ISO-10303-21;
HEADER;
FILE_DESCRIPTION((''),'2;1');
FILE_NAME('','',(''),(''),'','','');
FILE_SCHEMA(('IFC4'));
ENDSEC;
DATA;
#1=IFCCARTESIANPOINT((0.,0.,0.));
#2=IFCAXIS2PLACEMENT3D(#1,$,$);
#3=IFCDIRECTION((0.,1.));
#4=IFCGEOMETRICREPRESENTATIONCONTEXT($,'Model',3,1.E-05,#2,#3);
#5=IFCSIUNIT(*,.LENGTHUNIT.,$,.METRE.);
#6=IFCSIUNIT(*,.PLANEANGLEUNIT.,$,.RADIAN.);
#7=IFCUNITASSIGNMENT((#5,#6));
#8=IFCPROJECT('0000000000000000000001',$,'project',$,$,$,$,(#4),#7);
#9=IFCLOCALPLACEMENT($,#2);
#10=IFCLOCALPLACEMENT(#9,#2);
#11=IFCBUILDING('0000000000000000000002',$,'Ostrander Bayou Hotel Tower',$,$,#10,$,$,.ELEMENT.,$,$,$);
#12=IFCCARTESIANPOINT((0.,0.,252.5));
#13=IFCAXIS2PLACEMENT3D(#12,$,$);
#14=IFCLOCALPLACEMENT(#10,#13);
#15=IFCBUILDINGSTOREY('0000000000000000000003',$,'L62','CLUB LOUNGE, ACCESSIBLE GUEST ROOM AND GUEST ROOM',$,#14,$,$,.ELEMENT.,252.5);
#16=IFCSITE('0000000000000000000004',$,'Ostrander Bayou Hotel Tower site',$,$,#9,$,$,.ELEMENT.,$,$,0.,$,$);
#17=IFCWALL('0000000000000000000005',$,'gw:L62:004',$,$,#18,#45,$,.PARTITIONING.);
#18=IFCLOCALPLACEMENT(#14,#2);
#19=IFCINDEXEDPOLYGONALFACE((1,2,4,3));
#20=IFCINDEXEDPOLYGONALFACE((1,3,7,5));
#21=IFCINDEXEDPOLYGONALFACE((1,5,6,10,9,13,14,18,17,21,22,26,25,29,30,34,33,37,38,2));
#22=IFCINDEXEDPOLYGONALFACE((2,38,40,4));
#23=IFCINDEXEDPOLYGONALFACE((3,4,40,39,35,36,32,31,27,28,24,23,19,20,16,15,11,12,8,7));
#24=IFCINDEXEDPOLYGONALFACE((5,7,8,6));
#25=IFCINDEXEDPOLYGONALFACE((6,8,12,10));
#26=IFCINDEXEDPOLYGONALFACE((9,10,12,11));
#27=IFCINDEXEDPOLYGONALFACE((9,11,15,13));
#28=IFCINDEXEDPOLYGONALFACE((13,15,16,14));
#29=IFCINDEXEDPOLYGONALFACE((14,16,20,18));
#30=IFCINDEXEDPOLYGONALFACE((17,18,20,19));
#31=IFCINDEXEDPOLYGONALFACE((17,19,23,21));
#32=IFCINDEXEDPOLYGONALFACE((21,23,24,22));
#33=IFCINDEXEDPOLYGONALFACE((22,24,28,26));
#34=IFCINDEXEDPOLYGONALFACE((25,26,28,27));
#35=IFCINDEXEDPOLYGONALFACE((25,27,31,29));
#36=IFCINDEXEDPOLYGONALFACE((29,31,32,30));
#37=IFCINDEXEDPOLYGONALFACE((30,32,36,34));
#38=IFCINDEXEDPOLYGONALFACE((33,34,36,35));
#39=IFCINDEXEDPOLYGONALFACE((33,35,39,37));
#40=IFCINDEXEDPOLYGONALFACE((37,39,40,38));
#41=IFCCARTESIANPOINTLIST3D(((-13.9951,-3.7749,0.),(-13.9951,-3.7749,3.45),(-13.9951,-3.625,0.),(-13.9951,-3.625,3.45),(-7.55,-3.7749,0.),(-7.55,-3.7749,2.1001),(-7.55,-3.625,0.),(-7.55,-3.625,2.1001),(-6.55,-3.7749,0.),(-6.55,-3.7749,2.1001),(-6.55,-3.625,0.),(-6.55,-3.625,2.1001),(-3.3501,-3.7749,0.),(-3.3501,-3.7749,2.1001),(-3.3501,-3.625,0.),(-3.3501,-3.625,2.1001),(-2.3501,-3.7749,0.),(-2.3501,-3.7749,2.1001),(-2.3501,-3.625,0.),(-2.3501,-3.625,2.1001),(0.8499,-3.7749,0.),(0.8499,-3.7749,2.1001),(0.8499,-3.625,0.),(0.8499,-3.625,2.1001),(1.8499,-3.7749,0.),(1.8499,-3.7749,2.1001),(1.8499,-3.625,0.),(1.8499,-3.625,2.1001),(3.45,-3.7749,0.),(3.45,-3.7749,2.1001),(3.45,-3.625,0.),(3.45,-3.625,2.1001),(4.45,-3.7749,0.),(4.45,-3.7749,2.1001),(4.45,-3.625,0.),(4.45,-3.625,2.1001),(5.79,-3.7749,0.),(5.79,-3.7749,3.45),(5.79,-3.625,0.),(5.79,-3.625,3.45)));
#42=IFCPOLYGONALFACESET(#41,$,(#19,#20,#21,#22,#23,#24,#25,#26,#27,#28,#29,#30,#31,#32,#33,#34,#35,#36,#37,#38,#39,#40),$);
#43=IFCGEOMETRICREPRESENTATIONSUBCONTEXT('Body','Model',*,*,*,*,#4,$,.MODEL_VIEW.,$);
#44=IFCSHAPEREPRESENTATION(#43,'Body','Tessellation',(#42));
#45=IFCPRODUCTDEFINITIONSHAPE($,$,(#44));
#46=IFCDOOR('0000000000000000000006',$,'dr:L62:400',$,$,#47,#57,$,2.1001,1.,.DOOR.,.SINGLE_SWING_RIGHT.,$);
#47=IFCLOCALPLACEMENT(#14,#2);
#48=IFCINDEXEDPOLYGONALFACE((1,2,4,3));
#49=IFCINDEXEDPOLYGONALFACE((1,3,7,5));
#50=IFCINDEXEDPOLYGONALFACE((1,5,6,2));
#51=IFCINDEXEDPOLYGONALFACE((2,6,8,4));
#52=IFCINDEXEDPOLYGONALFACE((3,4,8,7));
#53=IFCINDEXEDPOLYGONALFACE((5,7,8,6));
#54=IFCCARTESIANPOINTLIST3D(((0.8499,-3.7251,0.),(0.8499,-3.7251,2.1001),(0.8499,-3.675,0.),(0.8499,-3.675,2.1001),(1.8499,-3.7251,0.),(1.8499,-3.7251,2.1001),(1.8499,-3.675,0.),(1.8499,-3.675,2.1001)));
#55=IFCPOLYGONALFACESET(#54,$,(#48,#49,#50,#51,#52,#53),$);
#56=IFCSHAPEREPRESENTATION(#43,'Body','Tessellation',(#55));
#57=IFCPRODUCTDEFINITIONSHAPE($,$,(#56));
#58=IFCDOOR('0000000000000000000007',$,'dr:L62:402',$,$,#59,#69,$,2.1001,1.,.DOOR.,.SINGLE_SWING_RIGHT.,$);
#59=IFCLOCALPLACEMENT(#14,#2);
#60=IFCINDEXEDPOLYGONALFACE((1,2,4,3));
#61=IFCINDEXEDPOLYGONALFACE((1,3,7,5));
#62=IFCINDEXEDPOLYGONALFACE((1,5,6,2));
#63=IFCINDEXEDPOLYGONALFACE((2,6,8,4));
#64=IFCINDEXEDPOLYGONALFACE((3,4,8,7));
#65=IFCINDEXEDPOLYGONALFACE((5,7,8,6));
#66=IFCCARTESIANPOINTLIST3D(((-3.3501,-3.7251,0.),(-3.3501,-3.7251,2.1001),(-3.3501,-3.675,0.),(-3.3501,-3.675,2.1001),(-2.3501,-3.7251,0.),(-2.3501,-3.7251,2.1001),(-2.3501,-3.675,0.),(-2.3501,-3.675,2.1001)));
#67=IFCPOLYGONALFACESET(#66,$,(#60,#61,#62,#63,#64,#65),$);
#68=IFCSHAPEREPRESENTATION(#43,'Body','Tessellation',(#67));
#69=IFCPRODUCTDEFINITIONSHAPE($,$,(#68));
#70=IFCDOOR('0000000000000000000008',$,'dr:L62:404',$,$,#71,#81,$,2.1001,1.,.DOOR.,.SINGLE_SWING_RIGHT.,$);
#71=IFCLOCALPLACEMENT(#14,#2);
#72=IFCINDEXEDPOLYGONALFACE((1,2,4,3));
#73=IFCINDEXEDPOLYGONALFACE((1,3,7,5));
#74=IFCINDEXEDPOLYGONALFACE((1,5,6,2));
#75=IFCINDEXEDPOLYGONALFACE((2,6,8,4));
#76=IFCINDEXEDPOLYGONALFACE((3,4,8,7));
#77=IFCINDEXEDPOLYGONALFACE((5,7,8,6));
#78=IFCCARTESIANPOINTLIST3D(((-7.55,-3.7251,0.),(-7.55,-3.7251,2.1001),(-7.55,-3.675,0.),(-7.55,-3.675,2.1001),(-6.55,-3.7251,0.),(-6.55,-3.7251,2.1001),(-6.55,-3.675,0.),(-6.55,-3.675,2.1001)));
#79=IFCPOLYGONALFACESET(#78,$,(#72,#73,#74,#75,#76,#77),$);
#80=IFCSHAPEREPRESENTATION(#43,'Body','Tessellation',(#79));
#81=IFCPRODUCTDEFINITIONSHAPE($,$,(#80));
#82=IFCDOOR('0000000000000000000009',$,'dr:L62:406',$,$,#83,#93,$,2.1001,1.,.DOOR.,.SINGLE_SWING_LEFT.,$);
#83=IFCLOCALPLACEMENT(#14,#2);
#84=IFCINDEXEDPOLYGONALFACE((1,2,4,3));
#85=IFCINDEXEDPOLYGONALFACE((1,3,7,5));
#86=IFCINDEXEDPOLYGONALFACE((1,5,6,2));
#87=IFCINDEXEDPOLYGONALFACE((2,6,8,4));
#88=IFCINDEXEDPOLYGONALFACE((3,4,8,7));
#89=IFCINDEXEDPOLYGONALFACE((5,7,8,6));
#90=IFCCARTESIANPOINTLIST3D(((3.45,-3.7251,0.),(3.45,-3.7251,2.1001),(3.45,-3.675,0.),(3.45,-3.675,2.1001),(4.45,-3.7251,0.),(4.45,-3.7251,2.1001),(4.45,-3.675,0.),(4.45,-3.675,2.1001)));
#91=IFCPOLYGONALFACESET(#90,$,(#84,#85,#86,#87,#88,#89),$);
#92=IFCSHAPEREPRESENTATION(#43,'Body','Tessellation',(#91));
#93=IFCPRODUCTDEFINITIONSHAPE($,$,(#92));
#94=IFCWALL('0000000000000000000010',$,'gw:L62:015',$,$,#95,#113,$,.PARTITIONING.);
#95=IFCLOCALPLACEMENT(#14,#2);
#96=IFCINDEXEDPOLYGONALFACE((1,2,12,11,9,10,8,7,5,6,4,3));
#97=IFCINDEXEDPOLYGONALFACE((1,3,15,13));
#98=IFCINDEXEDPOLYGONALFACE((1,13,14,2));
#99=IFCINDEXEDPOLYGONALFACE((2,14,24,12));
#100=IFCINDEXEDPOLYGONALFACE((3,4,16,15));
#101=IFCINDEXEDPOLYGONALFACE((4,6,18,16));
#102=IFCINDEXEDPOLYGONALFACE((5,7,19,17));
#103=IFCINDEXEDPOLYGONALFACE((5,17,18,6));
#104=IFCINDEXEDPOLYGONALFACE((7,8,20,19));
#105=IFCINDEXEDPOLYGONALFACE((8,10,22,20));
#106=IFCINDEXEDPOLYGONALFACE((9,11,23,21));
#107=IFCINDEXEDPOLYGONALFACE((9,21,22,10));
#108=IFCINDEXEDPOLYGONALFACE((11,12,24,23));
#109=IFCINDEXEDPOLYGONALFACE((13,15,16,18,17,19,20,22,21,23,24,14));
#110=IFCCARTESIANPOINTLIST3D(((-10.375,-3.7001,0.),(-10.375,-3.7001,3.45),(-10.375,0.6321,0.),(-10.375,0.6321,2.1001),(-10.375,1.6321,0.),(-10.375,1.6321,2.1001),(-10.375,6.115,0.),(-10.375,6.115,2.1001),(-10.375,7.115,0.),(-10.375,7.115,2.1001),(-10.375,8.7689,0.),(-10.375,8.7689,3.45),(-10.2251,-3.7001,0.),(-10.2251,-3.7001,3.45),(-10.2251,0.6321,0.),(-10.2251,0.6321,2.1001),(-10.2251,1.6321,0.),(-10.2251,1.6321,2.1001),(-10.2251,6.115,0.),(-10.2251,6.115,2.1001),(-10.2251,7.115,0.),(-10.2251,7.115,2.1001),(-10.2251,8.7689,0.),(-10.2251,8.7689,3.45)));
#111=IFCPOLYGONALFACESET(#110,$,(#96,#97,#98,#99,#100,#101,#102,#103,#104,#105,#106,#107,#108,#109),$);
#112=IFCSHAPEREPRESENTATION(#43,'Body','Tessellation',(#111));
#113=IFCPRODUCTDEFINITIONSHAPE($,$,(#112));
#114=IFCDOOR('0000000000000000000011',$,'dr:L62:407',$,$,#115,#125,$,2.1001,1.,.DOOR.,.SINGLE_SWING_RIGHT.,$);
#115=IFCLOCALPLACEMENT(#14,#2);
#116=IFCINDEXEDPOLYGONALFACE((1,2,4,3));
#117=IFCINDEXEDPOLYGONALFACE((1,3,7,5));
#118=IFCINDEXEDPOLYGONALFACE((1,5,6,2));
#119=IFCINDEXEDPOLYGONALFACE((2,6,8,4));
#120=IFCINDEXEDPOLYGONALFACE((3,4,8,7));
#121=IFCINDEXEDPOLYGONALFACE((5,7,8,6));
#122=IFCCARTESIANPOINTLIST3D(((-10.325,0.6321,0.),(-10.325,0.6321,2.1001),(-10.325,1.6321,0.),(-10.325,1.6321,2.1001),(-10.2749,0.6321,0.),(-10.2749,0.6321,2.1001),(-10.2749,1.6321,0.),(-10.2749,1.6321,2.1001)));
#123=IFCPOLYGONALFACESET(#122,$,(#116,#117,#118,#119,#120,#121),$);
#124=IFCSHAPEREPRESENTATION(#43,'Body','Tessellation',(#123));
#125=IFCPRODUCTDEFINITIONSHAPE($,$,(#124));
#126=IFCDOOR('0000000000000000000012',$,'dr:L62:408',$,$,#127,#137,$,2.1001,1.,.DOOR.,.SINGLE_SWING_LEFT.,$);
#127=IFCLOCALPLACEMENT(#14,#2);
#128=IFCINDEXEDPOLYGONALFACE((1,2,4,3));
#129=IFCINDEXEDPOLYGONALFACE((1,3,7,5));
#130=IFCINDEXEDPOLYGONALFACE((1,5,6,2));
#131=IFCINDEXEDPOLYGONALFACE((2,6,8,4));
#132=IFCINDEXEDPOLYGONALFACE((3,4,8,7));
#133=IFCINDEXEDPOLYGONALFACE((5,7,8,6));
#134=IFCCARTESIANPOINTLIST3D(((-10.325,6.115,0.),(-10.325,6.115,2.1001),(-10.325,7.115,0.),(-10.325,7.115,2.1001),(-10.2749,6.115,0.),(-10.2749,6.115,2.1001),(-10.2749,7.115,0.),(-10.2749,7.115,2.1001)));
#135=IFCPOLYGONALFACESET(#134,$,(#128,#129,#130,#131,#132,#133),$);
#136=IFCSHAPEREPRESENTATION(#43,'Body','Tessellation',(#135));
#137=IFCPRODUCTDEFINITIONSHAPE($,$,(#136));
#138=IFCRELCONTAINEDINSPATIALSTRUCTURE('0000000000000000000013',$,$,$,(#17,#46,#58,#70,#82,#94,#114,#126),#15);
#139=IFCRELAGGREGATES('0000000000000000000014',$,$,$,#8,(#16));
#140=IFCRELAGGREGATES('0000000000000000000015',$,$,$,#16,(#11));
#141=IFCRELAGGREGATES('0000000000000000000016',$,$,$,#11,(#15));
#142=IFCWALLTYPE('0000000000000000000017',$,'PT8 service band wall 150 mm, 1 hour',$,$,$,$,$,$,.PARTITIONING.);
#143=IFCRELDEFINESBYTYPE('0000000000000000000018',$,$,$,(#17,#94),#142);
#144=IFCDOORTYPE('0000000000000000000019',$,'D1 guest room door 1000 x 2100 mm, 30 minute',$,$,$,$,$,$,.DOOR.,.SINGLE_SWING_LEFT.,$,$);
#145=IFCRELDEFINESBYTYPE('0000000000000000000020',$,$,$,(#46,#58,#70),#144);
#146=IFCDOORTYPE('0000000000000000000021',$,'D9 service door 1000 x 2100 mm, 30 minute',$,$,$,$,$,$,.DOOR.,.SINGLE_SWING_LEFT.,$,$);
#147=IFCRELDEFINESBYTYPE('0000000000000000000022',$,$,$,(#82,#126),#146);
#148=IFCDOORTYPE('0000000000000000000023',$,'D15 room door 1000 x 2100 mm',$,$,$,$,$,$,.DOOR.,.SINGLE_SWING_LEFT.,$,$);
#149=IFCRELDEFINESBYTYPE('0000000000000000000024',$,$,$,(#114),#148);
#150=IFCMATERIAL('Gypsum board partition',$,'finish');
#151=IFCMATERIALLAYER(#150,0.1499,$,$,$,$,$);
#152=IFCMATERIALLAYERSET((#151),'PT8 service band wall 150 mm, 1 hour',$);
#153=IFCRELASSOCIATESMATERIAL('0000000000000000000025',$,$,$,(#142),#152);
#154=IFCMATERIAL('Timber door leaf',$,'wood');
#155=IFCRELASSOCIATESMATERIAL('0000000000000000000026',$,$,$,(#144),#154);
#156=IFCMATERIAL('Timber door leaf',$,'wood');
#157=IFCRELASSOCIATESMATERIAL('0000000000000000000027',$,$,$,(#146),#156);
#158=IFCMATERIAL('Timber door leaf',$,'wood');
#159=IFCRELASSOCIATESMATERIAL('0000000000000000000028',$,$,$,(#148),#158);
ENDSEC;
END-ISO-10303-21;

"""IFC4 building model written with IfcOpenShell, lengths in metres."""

from ifc_helpers import new_model, si_unit, direction, frame, frame_2d, origin, place, context, subcontext, project, spatial, rectangle, extrude, material, layer, layer_set, type_object, element, fill, save


model = new_model("IFC4")

# Units and contexts
model_context = context("Model", 3, precision=1e-05, world=origin(), true_north=direction((0.0, 1.0)))
body_context = subcontext(model_context, "Body", "Model", "MODEL_VIEW")
ifc_project = project(units=[si_unit("LENGTHUNIT", "METRE"), si_unit("PLANEANGLEUNIT", "RADIAN")], contexts=[model_context])

# Site, building, storey
site_placement = place(None, origin())
site = spatial("IfcSite", under=ifc_project, at=site_placement, Name="Ostrander Bayou Hotel Tower site", CompositionType="ELEMENT", RefElevation=0.0)
building_placement = place(site_placement, origin())
building = spatial("IfcBuilding", under=site, at=building_placement, Name="Ostrander Bayou Hotel Tower", CompositionType="ELEMENT")
storey_placement = place(building_placement, frame((0.0, 0.0, 252.5)))
storey = spatial("IfcBuildingStorey", under=building, at=storey_placement, Name="L62", Description="CLUB LOUNGE, ACCESSIBLE GUEST ROOM AND GUEST ROOM", CompositionType="ELEMENT", Elevation=252.5)

# Walls, openings, doors
ifc_material_1 = material(Name="Gypsum board partition", Category="finish")
ifc_layer_1 = layer(ifc_material_1, 0.1499)
ifc_layer_set_1 = layer_set([ifc_layer_1], Name="PT8 service band wall 150 mm, 1 hour")
wall_type_1 = type_object("IfcWallType", Name="PT8 service band wall 150 mm, 1 hour", PredefinedType="PARTITIONING", material=ifc_layer_set_1)
wall_1_placement = place(storey_placement, frame((-13.9951, -3.7, 0.0), z_axis=(0.0, 0.0, 1.0), x_axis=(1.0, 0.0, 0.0)))
wall_1 = element("IfcWall", 1, at=wall_1_placement, inside=storey, type_object=wall_type_1, Name="gw:L62:004", PredefinedType="PARTITIONING", context=body_context, shape_type="SweptSolid", body=[
    extrude(rectangle(XDim=19.7852, YDim=0.1499, at=frame_2d((9.8926, 0.0))), origin(), (0.0, 0.0, 1.0), 3.45),
])
opening_1_placement = place(wall_1_placement, frame((14.845, 0.0, 0.0)))
opening_1 = element("IfcOpeningElement", 2, at=opening_1_placement, cuts=wall_1, PredefinedType="OPENING", context=body_context, shape_type="SweptSolid", body=[
    extrude(rectangle(XDim=1.0, YDim=2.1001, at=frame_2d((0.5, 1.05))), frame((0.0, 0.075, 0.0), z_axis=(0.0, -1.0, 0.0), x_axis=(1.0, 0.0, 0.0)), (0.0, 0.0, 1.0), 0.1499),
])
opening_2_placement = place(wall_1_placement, frame((10.645, 0.0, 0.0)))
opening_2 = element("IfcOpeningElement", 3, at=opening_2_placement, cuts=wall_1, PredefinedType="OPENING", context=body_context, shape_type="SweptSolid", body=[
    extrude(rectangle(XDim=1.0, YDim=2.1001, at=frame_2d((0.5, 1.05))), frame((0.0, 0.075, 0.0), z_axis=(0.0, -1.0, 0.0), x_axis=(1.0, 0.0, 0.0)), (0.0, 0.0, 1.0), 0.1499),
])
opening_3_placement = place(wall_1_placement, frame((6.4451, 0.0, 0.0)))
opening_3 = element("IfcOpeningElement", 4, at=opening_3_placement, cuts=wall_1, PredefinedType="OPENING", context=body_context, shape_type="SweptSolid", body=[
    extrude(rectangle(XDim=1.0, YDim=2.1001, at=frame_2d((0.5, 1.05))), frame((0.0, 0.075, 0.0), z_axis=(0.0, -1.0, 0.0), x_axis=(1.0, 0.0, 0.0)), (0.0, 0.0, 1.0), 0.1499),
])
opening_4_placement = place(wall_1_placement, frame((17.4451, 0.0, 0.0)))
opening_4 = element("IfcOpeningElement", 5, at=opening_4_placement, cuts=wall_1, PredefinedType="OPENING", context=body_context, shape_type="SweptSolid", body=[
    extrude(rectangle(XDim=1.0, YDim=2.1001, at=frame_2d((0.5, 1.05))), frame((0.0, 0.075, 0.0), z_axis=(0.0, -1.0, 0.0), x_axis=(1.0, 0.0, 0.0)), (0.0, 0.0, 1.0), 0.1499),
])
ifc_material_2 = material(Name="Timber door leaf", Category="wood")
door_type_1 = type_object("IfcDoorType", Name="D1 guest room door 1000 x 2100 mm, 30 minute", OperationType="SINGLE_SWING_LEFT", PredefinedType="DOOR", material=ifc_material_2)
door_1_placement = place(opening_1_placement, origin())
door_1 = element("IfcDoor", 6, at=door_1_placement, inside=storey, type_object=door_type_1, Name="dr:L62:400", OperationType="SINGLE_SWING_RIGHT", OverallHeight=2.1001, OverallWidth=1.0, PredefinedType="DOOR", context=body_context, shape_type="SweptSolid", body=[
    extrude(rectangle(XDim=1.0, YDim=2.1001, at=frame_2d((0.5, 1.05))), frame((0.0, 0.0249, 0.0), z_axis=(0.0, -1.0, 0.0), x_axis=(1.0, 0.0, 0.0)), (0.0, 0.0, 1.0), 0.05),
])
fill(opening_1, door_1)
door_2_placement = place(opening_2_placement, origin())
door_2 = element("IfcDoor", 7, at=door_2_placement, inside=storey, type_object=door_type_1, Name="dr:L62:402", OperationType="SINGLE_SWING_RIGHT", OverallHeight=2.1001, OverallWidth=1.0, PredefinedType="DOOR", context=body_context, shape_type="SweptSolid", body=[
    extrude(rectangle(XDim=1.0, YDim=2.1001, at=frame_2d((0.5, 1.05))), frame((0.0, 0.0249, 0.0), z_axis=(0.0, -1.0, 0.0), x_axis=(1.0, 0.0, 0.0)), (0.0, 0.0, 1.0), 0.05),
])
fill(opening_2, door_2)
door_3_placement = place(opening_3_placement, origin())
door_3 = element("IfcDoor", 8, at=door_3_placement, inside=storey, type_object=door_type_1, Name="dr:L62:404", OperationType="SINGLE_SWING_RIGHT", OverallHeight=2.1001, OverallWidth=1.0, PredefinedType="DOOR", context=body_context, shape_type="SweptSolid", body=[
    extrude(rectangle(XDim=1.0, YDim=2.1001, at=frame_2d((0.5, 1.05))), frame((0.0, 0.0249, 0.0), z_axis=(0.0, -1.0, 0.0), x_axis=(1.0, 0.0, 0.0)), (0.0, 0.0, 1.0), 0.05),
])
fill(opening_3, door_3)
ifc_material_3 = material(Name="Timber door leaf", Category="wood")
door_type_2 = type_object("IfcDoorType", Name="D9 service door 1000 x 2100 mm, 30 minute", OperationType="SINGLE_SWING_LEFT", PredefinedType="DOOR", material=ifc_material_3)
door_4_placement = place(opening_4_placement, origin())
door_4 = element("IfcDoor", 9, at=door_4_placement, inside=storey, type_object=door_type_2, Name="dr:L62:406", OperationType="SINGLE_SWING_LEFT", OverallHeight=2.1001, OverallWidth=1.0, PredefinedType="DOOR", context=body_context, shape_type="SweptSolid", body=[
    extrude(rectangle(XDim=1.0, YDim=2.1001, at=frame_2d((0.5, 1.05))), frame((0.0, 0.0249, 0.0), z_axis=(0.0, -1.0, 0.0), x_axis=(1.0, 0.0, 0.0)), (0.0, 0.0, 1.0), 0.05),
])
fill(opening_4, door_4)
wall_2_placement = place(storey_placement, frame((-10.3, -3.7, 0.0), z_axis=(0.0, 0.0, 1.0), x_axis=(0.0, 1.0, 0.0)))
wall_2 = element("IfcWall", 10, at=wall_2_placement, inside=storey, type_object=wall_type_1, Name="gw:L62:015", PredefinedType="PARTITIONING", context=body_context, shape_type="SweptSolid", body=[
    extrude(rectangle(XDim=12.469, YDim=0.1499, at=frame_2d((6.2344, 0.0))), origin(), (0.0, 0.0, 1.0), 3.45),
])
opening_5_placement = place(wall_2_placement, frame((4.332, 0.0, 0.0)))
opening_5 = element("IfcOpeningElement", 11, at=opening_5_placement, cuts=wall_2, PredefinedType="OPENING", context=body_context, shape_type="SweptSolid", body=[
    extrude(rectangle(XDim=1.0, YDim=2.1001, at=frame_2d((0.5, 1.05))), frame((0.0, 0.075, 0.0), z_axis=(0.0, -1.0, 0.0), x_axis=(1.0, 0.0, 0.0)), (0.0, 0.0, 1.0), 0.1499),
])
opening_6_placement = place(wall_2_placement, frame((9.8149, 0.0, 0.0)))
opening_6 = element("IfcOpeningElement", 12, at=opening_6_placement, cuts=wall_2, PredefinedType="OPENING", context=body_context, shape_type="SweptSolid", body=[
    extrude(rectangle(XDim=1.0, YDim=2.1001, at=frame_2d((0.5, 1.05))), frame((0.0, 0.075, 0.0), z_axis=(0.0, -1.0, 0.0), x_axis=(1.0, 0.0, 0.0)), (0.0, 0.0, 1.0), 0.1499),
])
ifc_material_4 = material(Name="Timber door leaf", Category="wood")
door_type_3 = type_object("IfcDoorType", Name="D15 room door 1000 x 2100 mm", OperationType="SINGLE_SWING_LEFT", PredefinedType="DOOR", material=ifc_material_4)
door_5_placement = place(opening_5_placement, origin())
door_5 = element("IfcDoor", 13, at=door_5_placement, inside=storey, type_object=door_type_3, Name="dr:L62:407", OperationType="SINGLE_SWING_RIGHT", OverallHeight=2.1001, OverallWidth=1.0, PredefinedType="DOOR", context=body_context, shape_type="SweptSolid", body=[
    extrude(rectangle(XDim=1.0, YDim=2.1001, at=frame_2d((0.5, 1.05))), frame((0.0, 0.0249, 0.0), z_axis=(0.0, -1.0, 0.0), x_axis=(1.0, 0.0, 0.0)), (0.0, 0.0, 1.0), 0.05),
])
fill(opening_5, door_5)
door_6_placement = place(opening_6_placement, origin())
door_6 = element("IfcDoor", 14, at=door_6_placement, inside=storey, type_object=door_type_2, Name="dr:L62:408", OperationType="SINGLE_SWING_LEFT", OverallHeight=2.1001, OverallWidth=1.0, PredefinedType="DOOR", context=body_context, shape_type="SweptSolid", body=[
    extrude(rectangle(XDim=1.0, YDim=2.1001, at=frame_2d((0.5, 1.05))), frame((0.0, 0.0249, 0.0), z_axis=(0.0, -1.0, 0.0), x_axis=(1.0, 0.0, 0.0)), (0.0, 0.0, 1.0), 0.05),
])
fill(opening_6, door_6)

save(model, "model.ifc")
